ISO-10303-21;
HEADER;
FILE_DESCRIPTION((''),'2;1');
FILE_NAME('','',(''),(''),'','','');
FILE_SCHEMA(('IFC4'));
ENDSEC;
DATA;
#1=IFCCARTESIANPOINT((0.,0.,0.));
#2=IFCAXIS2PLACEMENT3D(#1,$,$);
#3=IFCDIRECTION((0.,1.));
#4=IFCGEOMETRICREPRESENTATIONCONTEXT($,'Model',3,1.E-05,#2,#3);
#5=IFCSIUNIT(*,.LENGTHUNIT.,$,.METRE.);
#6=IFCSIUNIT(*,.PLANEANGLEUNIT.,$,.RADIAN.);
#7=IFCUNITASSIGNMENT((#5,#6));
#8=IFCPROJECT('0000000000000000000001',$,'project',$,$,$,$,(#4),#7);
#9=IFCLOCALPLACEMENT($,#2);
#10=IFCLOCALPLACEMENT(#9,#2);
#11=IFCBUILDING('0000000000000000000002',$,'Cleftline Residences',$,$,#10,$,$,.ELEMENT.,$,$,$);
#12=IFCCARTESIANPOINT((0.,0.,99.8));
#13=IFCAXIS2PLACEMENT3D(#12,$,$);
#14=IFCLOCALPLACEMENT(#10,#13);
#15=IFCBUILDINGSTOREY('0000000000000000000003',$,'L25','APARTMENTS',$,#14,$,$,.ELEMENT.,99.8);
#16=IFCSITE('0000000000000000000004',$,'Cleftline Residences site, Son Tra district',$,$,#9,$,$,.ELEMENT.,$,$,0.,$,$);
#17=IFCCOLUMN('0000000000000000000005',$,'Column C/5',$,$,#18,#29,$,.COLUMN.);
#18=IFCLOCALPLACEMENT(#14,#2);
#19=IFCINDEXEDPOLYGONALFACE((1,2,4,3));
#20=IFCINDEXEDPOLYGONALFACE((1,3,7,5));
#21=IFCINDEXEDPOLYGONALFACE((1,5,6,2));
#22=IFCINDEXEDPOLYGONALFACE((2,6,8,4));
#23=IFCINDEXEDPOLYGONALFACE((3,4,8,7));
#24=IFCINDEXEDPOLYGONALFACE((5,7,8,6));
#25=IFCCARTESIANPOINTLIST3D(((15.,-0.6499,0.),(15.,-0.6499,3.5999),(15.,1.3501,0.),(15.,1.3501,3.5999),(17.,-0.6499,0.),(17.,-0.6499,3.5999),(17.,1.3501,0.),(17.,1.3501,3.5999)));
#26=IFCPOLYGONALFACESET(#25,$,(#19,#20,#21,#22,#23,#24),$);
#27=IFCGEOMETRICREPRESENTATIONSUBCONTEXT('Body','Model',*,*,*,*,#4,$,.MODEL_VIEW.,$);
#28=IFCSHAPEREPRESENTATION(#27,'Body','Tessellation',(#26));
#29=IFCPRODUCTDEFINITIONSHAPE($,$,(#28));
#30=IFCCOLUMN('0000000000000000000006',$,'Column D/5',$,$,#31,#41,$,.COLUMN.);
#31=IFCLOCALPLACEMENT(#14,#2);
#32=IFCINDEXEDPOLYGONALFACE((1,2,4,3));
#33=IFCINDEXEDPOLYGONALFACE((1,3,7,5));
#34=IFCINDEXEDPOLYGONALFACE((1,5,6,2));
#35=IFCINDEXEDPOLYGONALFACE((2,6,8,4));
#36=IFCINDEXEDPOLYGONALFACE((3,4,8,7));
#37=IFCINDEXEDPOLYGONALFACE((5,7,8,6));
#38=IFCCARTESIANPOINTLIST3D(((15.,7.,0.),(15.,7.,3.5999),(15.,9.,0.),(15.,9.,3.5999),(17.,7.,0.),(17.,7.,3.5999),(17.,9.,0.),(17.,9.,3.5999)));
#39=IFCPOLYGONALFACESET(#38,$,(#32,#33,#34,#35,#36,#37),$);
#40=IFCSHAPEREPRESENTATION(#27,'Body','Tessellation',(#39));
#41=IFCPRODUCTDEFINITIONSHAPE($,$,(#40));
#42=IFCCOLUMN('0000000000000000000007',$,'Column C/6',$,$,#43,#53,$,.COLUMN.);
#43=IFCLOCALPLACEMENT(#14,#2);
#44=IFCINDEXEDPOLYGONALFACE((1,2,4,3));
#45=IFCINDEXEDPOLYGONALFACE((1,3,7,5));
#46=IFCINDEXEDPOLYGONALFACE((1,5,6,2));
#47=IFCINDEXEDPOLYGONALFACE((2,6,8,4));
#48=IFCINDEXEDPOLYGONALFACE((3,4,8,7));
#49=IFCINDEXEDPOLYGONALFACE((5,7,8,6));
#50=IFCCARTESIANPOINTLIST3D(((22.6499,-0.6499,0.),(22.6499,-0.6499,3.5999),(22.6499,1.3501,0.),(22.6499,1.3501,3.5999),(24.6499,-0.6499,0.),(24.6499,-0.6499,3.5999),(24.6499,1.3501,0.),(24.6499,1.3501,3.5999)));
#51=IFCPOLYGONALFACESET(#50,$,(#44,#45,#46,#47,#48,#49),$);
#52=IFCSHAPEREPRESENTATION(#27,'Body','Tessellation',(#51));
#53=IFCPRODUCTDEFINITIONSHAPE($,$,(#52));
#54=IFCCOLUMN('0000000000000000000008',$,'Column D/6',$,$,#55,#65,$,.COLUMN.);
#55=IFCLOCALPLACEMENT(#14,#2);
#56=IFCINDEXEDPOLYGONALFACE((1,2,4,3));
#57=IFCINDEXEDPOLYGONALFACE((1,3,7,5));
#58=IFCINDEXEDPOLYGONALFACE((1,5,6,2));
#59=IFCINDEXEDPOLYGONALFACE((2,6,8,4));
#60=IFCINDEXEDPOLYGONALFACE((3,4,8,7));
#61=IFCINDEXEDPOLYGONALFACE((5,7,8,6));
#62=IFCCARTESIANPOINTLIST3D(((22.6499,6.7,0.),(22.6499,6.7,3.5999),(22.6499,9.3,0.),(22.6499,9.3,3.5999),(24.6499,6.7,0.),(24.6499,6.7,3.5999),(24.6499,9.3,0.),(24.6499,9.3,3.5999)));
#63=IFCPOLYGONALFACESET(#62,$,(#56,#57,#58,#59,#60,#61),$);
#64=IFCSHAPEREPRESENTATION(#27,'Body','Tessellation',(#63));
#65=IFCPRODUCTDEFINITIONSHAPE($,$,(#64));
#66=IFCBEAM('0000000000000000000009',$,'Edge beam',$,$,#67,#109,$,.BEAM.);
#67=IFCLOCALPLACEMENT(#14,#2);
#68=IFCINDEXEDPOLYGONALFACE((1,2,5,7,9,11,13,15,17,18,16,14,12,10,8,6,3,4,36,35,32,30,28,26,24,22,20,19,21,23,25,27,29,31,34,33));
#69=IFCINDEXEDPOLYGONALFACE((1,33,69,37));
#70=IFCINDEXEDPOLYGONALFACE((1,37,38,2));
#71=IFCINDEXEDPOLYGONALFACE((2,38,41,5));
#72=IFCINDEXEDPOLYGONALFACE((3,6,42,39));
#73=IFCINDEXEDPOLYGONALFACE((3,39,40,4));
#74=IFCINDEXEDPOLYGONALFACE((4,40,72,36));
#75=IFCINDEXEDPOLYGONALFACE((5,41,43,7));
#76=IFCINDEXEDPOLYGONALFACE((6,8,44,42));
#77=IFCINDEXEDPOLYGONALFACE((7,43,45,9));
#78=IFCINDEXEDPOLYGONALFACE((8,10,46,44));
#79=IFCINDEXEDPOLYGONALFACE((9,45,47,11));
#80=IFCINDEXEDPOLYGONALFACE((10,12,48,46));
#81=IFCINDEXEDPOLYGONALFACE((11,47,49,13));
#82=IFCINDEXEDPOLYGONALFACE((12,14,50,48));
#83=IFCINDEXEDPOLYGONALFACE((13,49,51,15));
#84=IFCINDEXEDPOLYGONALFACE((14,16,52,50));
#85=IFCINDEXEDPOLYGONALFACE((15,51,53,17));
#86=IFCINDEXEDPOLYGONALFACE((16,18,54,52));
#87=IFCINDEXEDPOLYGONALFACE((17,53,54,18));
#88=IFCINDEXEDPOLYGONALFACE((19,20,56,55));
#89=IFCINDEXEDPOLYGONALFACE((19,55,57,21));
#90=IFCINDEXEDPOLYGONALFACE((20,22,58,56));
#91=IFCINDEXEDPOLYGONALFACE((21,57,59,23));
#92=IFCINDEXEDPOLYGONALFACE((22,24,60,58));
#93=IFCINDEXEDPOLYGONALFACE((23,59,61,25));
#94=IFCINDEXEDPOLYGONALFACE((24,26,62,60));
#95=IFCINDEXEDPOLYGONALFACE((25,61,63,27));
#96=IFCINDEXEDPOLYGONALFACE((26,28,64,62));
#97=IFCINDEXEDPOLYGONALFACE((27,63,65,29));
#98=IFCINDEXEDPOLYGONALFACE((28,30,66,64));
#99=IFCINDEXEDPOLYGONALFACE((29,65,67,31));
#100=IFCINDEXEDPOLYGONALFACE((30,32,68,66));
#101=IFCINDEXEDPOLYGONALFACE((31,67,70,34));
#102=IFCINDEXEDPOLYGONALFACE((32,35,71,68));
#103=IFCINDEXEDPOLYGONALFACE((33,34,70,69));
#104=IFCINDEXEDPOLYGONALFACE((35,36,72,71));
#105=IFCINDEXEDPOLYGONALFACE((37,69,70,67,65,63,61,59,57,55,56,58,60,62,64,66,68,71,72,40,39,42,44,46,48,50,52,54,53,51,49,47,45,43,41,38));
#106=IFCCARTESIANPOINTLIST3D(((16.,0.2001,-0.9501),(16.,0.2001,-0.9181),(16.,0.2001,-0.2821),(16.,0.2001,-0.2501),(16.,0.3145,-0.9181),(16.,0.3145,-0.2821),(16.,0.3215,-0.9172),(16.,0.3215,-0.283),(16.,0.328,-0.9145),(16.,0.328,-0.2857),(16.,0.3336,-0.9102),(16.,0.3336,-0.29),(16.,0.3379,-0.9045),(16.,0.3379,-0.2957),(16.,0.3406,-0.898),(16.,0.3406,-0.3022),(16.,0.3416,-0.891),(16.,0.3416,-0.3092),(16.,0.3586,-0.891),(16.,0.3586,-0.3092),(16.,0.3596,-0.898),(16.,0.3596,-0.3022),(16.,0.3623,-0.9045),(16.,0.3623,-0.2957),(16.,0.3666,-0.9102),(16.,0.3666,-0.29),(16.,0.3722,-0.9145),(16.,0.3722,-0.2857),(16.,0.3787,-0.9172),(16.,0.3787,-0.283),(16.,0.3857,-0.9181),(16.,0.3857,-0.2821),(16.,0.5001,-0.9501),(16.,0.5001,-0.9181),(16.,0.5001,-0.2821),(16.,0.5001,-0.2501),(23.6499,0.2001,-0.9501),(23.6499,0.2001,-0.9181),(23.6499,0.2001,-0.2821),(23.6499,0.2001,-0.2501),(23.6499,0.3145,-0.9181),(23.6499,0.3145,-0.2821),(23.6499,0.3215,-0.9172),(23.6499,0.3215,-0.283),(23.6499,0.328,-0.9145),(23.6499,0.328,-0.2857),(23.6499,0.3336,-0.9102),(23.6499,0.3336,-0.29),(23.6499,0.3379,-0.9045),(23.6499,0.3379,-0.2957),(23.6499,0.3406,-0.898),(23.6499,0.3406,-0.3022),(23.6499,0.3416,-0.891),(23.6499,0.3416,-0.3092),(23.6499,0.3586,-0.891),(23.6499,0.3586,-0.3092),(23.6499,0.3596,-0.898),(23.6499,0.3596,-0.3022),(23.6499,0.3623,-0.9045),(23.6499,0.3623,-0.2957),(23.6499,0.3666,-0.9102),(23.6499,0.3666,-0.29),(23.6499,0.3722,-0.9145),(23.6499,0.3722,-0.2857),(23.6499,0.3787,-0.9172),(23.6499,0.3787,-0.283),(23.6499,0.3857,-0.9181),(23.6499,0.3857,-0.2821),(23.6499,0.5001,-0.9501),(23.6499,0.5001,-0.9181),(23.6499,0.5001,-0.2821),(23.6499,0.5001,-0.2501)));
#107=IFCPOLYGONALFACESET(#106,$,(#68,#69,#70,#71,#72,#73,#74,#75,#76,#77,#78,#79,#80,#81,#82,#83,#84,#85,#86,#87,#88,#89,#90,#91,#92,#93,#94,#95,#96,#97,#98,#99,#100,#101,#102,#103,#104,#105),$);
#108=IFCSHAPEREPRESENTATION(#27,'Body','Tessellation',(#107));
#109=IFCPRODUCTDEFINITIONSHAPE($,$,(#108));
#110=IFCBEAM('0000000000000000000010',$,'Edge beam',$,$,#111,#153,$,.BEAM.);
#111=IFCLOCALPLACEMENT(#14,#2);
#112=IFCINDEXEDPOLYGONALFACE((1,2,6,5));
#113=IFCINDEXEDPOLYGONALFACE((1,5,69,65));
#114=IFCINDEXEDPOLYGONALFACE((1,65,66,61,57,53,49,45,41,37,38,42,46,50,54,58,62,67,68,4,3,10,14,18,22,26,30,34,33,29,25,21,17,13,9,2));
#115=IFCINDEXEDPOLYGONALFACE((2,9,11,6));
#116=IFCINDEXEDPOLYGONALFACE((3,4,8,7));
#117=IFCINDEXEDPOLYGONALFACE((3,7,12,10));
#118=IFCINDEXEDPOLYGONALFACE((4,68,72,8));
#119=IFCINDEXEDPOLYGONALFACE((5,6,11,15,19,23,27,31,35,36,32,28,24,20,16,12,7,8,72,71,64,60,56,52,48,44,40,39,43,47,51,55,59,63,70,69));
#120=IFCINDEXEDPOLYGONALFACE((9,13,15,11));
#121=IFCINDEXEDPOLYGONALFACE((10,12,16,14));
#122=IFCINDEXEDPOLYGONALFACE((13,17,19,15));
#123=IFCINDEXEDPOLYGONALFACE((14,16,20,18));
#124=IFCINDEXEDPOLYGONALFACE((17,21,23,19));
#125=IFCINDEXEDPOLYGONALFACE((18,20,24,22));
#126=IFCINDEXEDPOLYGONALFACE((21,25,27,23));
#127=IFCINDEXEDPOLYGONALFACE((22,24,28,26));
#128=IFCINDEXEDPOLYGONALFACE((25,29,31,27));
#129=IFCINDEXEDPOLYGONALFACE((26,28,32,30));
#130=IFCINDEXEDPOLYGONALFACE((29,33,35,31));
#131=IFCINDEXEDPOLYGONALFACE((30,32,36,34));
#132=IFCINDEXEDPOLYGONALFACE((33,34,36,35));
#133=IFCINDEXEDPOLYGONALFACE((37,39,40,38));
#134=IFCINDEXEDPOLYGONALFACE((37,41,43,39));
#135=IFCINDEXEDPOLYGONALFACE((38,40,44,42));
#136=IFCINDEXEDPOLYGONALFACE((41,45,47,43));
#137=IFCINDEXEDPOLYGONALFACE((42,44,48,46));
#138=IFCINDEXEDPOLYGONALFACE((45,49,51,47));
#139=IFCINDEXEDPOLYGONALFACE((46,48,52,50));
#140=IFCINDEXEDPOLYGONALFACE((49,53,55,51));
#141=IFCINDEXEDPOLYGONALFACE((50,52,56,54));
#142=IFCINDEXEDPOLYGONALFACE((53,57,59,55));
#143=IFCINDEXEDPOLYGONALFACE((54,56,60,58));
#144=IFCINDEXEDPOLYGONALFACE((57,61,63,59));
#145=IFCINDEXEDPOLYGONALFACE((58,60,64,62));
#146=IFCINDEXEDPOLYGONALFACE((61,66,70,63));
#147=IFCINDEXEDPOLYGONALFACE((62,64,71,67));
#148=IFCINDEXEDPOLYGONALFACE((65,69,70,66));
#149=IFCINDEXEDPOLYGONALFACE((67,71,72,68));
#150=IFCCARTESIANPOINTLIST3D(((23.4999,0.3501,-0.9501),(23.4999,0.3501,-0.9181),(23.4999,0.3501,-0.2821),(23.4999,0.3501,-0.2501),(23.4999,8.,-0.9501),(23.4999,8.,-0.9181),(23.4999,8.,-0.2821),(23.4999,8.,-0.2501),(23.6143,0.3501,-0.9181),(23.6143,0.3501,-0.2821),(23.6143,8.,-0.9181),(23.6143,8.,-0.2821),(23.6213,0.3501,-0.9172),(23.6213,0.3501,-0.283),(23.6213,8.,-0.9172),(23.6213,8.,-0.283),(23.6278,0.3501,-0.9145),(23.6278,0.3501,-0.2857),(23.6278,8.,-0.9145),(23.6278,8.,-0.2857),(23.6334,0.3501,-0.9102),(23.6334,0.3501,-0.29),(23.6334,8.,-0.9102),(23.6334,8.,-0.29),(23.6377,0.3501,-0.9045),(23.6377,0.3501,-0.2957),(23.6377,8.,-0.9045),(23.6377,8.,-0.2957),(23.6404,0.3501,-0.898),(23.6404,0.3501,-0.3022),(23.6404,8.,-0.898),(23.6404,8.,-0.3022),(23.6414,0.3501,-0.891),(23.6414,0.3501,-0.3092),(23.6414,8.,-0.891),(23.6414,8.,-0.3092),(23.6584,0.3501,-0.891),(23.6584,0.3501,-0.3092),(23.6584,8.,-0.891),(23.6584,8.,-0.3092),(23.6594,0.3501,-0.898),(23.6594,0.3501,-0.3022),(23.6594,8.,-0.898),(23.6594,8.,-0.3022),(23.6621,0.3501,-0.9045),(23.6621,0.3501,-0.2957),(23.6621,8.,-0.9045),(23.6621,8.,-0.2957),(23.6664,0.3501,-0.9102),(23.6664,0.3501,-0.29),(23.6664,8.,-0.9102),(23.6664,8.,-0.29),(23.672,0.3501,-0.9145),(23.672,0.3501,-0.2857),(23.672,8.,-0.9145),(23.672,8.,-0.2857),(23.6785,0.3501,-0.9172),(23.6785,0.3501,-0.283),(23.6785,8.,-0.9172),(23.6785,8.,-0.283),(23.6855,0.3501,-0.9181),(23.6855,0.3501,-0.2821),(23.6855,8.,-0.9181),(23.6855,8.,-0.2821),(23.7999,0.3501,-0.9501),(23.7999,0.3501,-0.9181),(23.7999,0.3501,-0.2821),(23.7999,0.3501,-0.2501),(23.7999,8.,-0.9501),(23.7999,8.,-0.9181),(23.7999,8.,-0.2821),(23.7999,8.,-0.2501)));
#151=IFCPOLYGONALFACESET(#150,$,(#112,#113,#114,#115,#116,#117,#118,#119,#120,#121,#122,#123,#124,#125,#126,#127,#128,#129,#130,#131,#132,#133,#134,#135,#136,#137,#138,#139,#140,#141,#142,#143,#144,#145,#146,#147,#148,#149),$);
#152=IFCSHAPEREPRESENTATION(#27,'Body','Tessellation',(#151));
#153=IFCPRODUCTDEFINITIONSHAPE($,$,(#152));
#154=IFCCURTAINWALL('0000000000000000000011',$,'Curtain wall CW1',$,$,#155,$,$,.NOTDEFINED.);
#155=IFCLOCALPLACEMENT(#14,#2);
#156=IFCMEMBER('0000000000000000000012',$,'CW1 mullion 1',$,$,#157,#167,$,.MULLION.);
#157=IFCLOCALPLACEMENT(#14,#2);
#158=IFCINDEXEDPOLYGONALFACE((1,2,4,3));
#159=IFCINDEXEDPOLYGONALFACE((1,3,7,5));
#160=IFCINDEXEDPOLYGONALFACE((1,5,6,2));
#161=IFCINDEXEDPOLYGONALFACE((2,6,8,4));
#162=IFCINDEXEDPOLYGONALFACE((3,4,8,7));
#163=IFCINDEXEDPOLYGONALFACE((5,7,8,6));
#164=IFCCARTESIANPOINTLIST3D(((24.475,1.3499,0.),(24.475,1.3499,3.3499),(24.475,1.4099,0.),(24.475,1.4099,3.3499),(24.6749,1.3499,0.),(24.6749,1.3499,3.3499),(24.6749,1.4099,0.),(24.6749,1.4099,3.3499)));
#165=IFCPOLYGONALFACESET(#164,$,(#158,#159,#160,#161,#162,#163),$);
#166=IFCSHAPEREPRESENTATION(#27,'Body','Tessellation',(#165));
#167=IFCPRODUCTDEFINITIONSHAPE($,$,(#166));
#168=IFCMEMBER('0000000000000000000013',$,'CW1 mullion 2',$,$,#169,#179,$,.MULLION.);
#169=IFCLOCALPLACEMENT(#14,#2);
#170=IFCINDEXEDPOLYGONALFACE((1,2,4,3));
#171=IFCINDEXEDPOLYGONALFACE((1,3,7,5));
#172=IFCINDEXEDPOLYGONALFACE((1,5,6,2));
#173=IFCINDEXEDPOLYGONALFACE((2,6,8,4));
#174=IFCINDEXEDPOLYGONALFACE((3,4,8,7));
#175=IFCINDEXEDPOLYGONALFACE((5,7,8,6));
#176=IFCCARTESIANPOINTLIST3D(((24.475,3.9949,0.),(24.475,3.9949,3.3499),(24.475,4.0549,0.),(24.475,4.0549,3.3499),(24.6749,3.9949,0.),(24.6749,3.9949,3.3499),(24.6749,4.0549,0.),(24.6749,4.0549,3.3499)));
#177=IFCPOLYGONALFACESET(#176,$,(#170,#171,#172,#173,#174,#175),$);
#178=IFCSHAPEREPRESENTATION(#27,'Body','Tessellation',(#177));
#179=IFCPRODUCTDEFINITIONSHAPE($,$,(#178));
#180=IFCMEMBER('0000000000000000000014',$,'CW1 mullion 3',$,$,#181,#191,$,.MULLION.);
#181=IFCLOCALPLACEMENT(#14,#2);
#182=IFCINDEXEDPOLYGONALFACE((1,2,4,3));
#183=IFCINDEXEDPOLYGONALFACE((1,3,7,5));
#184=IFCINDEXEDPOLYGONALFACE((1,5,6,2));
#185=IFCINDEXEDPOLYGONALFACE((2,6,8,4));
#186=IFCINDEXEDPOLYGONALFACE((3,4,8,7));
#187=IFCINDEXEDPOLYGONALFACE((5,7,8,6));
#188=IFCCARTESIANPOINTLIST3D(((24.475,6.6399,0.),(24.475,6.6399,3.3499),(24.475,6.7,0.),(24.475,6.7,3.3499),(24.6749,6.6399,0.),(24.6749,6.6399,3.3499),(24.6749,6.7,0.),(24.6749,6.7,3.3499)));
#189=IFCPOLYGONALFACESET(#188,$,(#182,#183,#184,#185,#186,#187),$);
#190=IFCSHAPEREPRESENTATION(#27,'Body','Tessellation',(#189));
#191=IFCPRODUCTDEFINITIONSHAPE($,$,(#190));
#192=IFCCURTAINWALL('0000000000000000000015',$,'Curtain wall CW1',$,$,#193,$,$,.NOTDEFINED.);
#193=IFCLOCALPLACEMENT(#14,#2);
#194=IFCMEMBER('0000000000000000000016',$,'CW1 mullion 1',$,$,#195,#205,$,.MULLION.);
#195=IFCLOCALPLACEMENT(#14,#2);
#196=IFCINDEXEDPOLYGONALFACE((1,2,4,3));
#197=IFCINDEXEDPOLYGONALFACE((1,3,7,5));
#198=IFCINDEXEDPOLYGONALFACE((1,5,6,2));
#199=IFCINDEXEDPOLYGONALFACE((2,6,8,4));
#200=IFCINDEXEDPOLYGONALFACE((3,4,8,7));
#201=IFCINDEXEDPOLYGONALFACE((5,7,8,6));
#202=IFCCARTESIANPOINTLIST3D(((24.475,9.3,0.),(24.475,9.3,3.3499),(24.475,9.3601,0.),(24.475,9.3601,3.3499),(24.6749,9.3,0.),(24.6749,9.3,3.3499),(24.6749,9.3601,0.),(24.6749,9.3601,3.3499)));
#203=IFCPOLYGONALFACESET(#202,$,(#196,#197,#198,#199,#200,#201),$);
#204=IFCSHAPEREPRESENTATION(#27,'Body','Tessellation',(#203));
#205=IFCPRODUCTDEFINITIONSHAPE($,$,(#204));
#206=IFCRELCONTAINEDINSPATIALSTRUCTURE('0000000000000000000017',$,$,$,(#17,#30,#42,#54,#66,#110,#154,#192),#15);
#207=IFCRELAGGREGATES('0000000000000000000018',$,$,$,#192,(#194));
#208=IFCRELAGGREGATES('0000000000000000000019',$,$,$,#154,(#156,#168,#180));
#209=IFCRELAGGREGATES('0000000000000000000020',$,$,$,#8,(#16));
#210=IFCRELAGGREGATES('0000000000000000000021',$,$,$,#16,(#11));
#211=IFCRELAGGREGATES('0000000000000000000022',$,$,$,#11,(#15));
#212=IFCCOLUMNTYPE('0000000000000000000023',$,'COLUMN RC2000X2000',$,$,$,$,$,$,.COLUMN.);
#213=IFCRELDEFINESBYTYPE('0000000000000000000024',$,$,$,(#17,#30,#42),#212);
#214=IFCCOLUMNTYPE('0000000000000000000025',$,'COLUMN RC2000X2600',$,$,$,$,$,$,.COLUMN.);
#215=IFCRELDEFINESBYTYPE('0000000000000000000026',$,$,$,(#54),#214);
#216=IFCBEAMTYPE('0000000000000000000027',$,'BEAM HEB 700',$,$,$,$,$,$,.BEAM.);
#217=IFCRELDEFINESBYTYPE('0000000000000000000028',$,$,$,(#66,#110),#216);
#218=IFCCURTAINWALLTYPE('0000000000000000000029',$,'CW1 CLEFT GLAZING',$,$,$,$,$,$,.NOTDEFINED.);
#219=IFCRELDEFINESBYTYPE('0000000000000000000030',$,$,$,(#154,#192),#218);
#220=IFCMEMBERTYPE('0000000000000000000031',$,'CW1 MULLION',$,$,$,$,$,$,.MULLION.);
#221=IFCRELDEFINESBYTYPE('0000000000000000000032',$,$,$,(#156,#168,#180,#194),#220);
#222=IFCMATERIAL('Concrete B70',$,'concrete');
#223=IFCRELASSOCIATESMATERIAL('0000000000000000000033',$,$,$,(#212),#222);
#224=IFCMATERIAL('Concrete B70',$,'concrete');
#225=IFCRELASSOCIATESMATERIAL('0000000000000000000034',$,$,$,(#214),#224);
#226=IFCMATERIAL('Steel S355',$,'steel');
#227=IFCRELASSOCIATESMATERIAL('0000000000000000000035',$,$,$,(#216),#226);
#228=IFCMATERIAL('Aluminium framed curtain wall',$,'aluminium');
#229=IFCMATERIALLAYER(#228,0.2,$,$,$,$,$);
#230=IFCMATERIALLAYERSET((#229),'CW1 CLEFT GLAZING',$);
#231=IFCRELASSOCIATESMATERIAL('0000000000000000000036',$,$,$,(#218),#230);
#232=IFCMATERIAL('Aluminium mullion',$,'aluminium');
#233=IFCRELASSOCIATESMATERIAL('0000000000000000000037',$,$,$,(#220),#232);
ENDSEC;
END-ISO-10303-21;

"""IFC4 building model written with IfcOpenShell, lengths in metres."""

from ifc_helpers import new_model, si_unit, direction, frame, origin, origin_2d, place, context, subcontext, project, spatial, rectangle, i_section, extrude, material, layer, layer_set, material_profile, profile_set, type_object, element, aggregate, save


model = new_model("IFC4")

# Units and contexts
model_context = context("Model", 3, precision=1e-05, world=origin(), true_north=direction((0.0, 1.0)))
body_context = subcontext(model_context, "Body", "Model", "MODEL_VIEW")
ifc_project = project(units=[si_unit("LENGTHUNIT", "METRE"), si_unit("PLANEANGLEUNIT", "RADIAN")], contexts=[model_context])

# Site, building, storey
site_placement = place(None, origin())
site = spatial("IfcSite", under=ifc_project, at=site_placement, Name="Cleftline Residences site, Son Tra district", CompositionType="ELEMENT", RefElevation=0.0)
building_placement = place(site_placement, origin())
building = spatial("IfcBuilding", under=site, at=building_placement, Name="Cleftline Residences", CompositionType="ELEMENT")
storey_placement = place(building_placement, frame((0.0, 0.0, 99.8)))
storey = spatial("IfcBuildingStorey", under=building, at=storey_placement, Name="L25", Description="APARTMENTS", CompositionType="ELEMENT", Elevation=99.8)

# Columns
ifc_material_1 = material(Name="Concrete B70", Category="concrete")
ifc_material_profile_1 = material_profile(ifc_material_1, rectangle(XDim=2.0, YDim=2.0, at=origin_2d()))
ifc_profile_set_1 = profile_set([ifc_material_profile_1], Name="Concrete B70")
column_type_1 = type_object("IfcColumnType", Name="COLUMN RC2000X2000", PredefinedType="COLUMN", material=ifc_profile_set_1)
for number, where, z_axis, x_axis, name in (
    (1, (16.0, 0.3501, 0.0), (0.0, 0.0, 1.0), (1.0, 0.0, 0.0), "Column C/5"),
    (2, (16.0, 8.0, 0.0), (0.0, 0.0, 1.0), (1.0, 0.0, 0.0), "Column D/5"),
    (3, (23.6499, 0.3501, 0.0), (0.0, 0.0, 1.0), (1.0, 0.0, 0.0), "Column C/6"),
):
    element("IfcColumn", number, at=place(storey_placement, frame(where, z_axis=z_axis, x_axis=x_axis)), inside=storey, type_object=column_type_1, Name=name, PredefinedType="COLUMN", context=body_context, shape_type="SweptSolid", body=[
        extrude(rectangle(XDim=2.0, YDim=2.0, at=origin_2d()), origin(), (0.0, 0.0, 1.0), 3.5999),
    ])
ifc_material_2 = material(Name="Concrete B70", Category="concrete")
ifc_material_profile_2 = material_profile(ifc_material_2, rectangle(XDim=2.0, YDim=2.6001, at=origin_2d()))
ifc_profile_set_2 = profile_set([ifc_material_profile_2], Name="Concrete B70")
column_type_2 = type_object("IfcColumnType", Name="COLUMN RC2000X2600", PredefinedType="COLUMN", material=ifc_profile_set_2)
column_placement = place(storey_placement, frame((23.6499, 8.0, 0.0), z_axis=(0.0, 0.0, 1.0), x_axis=(1.0, 0.0, 0.0)))
element("IfcColumn", 4, at=column_placement, inside=storey, type_object=column_type_2, Name="Column D/6", PredefinedType="COLUMN", context=body_context, shape_type="SweptSolid", body=[
    extrude(rectangle(XDim=2.0, YDim=2.6001, at=origin_2d()), origin(), (0.0, 0.0, 1.0), 3.5999),
])

# Beams
ifc_material_3 = material(Name="Steel S355", Category="steel")
ifc_material_profile_3 = material_profile(ifc_material_3, i_section(OverallWidth=0.3, OverallDepth=0.7, WebThickness=0.0171, FlangeThickness=0.032, FilletRadius=0.0271, at=origin_2d()))
ifc_profile_set_3 = profile_set([ifc_material_profile_3], Name="Steel S355")
beam_type = type_object("IfcBeamType", Name="BEAM HEB 700", PredefinedType="BEAM", material=ifc_profile_set_3)
for number, where, z_axis, x_axis, name in (
    (5, (16.0, 0.3501, -0.6001), (1.0, 0.0, 0.0), (0.0, 1.0, 0.0), "Edge beam"),
    (6, (23.6499, 0.3501, -0.6001), (0.0, 1.0, 0.0), (-1.0, 0.0, 0.0), "Edge beam"),
):
    element("IfcBeam", number, at=place(storey_placement, frame(where, z_axis=z_axis, x_axis=x_axis)), inside=storey, type_object=beam_type, Name=name, PredefinedType="BEAM", context=body_context, shape_type="SweptSolid", body=[
        extrude(i_section(OverallWidth=0.3, OverallDepth=0.7, WebThickness=0.0171, FlangeThickness=0.032, FilletRadius=0.0271, at=origin_2d()), origin(), (0.0, 0.0, 1.0), 7.6499),
    ])

# Curtain wall, members
ifc_material_4 = material(Name="Aluminium framed curtain wall", Category="aluminium")
ifc_layer_1 = layer(ifc_material_4, 0.2)
ifc_layer_set_1 = layer_set([ifc_layer_1], Name="CW1 CLEFT GLAZING")
curtain_wall_type = type_object("IfcCurtainWallType", Name="CW1 CLEFT GLAZING", PredefinedType="NOTDEFINED", material=ifc_layer_set_1)
curtain_wall_1_placement = place(storey_placement, origin())
curtain_wall_1 = element("IfcCurtainWall", 7, at=curtain_wall_1_placement, inside=storey, type_object=curtain_wall_type, Name="Curtain wall CW1", PredefinedType="NOTDEFINED")
ifc_material_5 = material(Name="Aluminium mullion", Category="aluminium")
ifc_material_profile_4 = material_profile(ifc_material_5, rectangle(XDim=0.2, YDim=0.0601, at=origin_2d()))
ifc_profile_set_4 = profile_set([ifc_material_profile_4], Name="Aluminium mullion")
member_type_1 = type_object("IfcMemberType", Name="CW1 MULLION", PredefinedType="MULLION", material=ifc_profile_set_4)
member_1_placement = place(storey_placement, frame((24.575, 1.3799, 0.0), z_axis=(0.0, 0.0, 1.0), x_axis=(-1.0, 0.0, 0.0)))
member_1 = element("IfcMember", 8, at=member_1_placement, type_object=member_type_1, Name="CW1 mullion 1", PredefinedType="MULLION", context=body_context, shape_type="SweptSolid", body=[
    extrude(rectangle(XDim=0.2, YDim=0.0601, at=origin_2d()), origin(), (0.0, 0.0, 1.0), 3.3499),
])
member_2_placement = place(storey_placement, frame((24.575, 4.0249, 0.0), z_axis=(0.0, 0.0, 1.0), x_axis=(-1.0, 0.0, 0.0)))
member_2 = element("IfcMember", 9, at=member_2_placement, type_object=member_type_1, Name="CW1 mullion 2", PredefinedType="MULLION", context=body_context, shape_type="SweptSolid", body=[
    extrude(rectangle(XDim=0.2, YDim=0.0601, at=origin_2d()), origin(), (0.0, 0.0, 1.0), 3.3499),
])
member_3_placement = place(storey_placement, frame((24.575, 6.6699, 0.0), z_axis=(0.0, 0.0, 1.0), x_axis=(-1.0, 0.0, 0.0)))
member_3 = element("IfcMember", 10, at=member_3_placement, type_object=member_type_1, Name="CW1 mullion 3", PredefinedType="MULLION", context=body_context, shape_type="SweptSolid", body=[
    extrude(rectangle(XDim=0.2, YDim=0.0601, at=origin_2d()), origin(), (0.0, 0.0, 1.0), 3.3499),
])

# Curtain wall, member
curtain_wall_2_placement = place(storey_placement, origin())
curtain_wall_2 = element("IfcCurtainWall", 11, at=curtain_wall_2_placement, inside=storey, type_object=curtain_wall_type, Name="Curtain wall CW1", PredefinedType="NOTDEFINED")
member_4_placement = place(storey_placement, frame((24.575, 9.3301, 0.0), z_axis=(0.0, 0.0, 1.0), x_axis=(-1.0, 0.0, 0.0)))
member_4 = element("IfcMember", 12, at=member_4_placement, type_object=member_type_1, Name="CW1 mullion 1", PredefinedType="MULLION", context=body_context, shape_type="SweptSolid", body=[
    extrude(rectangle(XDim=0.2, YDim=0.0601, at=origin_2d()), origin(), (0.0, 0.0, 1.0), 3.3499),
])

aggregate(curtain_wall_2, [member_4])

aggregate(curtain_wall_1, [member_1, member_2, member_3])

save(model, "model.ifc")
